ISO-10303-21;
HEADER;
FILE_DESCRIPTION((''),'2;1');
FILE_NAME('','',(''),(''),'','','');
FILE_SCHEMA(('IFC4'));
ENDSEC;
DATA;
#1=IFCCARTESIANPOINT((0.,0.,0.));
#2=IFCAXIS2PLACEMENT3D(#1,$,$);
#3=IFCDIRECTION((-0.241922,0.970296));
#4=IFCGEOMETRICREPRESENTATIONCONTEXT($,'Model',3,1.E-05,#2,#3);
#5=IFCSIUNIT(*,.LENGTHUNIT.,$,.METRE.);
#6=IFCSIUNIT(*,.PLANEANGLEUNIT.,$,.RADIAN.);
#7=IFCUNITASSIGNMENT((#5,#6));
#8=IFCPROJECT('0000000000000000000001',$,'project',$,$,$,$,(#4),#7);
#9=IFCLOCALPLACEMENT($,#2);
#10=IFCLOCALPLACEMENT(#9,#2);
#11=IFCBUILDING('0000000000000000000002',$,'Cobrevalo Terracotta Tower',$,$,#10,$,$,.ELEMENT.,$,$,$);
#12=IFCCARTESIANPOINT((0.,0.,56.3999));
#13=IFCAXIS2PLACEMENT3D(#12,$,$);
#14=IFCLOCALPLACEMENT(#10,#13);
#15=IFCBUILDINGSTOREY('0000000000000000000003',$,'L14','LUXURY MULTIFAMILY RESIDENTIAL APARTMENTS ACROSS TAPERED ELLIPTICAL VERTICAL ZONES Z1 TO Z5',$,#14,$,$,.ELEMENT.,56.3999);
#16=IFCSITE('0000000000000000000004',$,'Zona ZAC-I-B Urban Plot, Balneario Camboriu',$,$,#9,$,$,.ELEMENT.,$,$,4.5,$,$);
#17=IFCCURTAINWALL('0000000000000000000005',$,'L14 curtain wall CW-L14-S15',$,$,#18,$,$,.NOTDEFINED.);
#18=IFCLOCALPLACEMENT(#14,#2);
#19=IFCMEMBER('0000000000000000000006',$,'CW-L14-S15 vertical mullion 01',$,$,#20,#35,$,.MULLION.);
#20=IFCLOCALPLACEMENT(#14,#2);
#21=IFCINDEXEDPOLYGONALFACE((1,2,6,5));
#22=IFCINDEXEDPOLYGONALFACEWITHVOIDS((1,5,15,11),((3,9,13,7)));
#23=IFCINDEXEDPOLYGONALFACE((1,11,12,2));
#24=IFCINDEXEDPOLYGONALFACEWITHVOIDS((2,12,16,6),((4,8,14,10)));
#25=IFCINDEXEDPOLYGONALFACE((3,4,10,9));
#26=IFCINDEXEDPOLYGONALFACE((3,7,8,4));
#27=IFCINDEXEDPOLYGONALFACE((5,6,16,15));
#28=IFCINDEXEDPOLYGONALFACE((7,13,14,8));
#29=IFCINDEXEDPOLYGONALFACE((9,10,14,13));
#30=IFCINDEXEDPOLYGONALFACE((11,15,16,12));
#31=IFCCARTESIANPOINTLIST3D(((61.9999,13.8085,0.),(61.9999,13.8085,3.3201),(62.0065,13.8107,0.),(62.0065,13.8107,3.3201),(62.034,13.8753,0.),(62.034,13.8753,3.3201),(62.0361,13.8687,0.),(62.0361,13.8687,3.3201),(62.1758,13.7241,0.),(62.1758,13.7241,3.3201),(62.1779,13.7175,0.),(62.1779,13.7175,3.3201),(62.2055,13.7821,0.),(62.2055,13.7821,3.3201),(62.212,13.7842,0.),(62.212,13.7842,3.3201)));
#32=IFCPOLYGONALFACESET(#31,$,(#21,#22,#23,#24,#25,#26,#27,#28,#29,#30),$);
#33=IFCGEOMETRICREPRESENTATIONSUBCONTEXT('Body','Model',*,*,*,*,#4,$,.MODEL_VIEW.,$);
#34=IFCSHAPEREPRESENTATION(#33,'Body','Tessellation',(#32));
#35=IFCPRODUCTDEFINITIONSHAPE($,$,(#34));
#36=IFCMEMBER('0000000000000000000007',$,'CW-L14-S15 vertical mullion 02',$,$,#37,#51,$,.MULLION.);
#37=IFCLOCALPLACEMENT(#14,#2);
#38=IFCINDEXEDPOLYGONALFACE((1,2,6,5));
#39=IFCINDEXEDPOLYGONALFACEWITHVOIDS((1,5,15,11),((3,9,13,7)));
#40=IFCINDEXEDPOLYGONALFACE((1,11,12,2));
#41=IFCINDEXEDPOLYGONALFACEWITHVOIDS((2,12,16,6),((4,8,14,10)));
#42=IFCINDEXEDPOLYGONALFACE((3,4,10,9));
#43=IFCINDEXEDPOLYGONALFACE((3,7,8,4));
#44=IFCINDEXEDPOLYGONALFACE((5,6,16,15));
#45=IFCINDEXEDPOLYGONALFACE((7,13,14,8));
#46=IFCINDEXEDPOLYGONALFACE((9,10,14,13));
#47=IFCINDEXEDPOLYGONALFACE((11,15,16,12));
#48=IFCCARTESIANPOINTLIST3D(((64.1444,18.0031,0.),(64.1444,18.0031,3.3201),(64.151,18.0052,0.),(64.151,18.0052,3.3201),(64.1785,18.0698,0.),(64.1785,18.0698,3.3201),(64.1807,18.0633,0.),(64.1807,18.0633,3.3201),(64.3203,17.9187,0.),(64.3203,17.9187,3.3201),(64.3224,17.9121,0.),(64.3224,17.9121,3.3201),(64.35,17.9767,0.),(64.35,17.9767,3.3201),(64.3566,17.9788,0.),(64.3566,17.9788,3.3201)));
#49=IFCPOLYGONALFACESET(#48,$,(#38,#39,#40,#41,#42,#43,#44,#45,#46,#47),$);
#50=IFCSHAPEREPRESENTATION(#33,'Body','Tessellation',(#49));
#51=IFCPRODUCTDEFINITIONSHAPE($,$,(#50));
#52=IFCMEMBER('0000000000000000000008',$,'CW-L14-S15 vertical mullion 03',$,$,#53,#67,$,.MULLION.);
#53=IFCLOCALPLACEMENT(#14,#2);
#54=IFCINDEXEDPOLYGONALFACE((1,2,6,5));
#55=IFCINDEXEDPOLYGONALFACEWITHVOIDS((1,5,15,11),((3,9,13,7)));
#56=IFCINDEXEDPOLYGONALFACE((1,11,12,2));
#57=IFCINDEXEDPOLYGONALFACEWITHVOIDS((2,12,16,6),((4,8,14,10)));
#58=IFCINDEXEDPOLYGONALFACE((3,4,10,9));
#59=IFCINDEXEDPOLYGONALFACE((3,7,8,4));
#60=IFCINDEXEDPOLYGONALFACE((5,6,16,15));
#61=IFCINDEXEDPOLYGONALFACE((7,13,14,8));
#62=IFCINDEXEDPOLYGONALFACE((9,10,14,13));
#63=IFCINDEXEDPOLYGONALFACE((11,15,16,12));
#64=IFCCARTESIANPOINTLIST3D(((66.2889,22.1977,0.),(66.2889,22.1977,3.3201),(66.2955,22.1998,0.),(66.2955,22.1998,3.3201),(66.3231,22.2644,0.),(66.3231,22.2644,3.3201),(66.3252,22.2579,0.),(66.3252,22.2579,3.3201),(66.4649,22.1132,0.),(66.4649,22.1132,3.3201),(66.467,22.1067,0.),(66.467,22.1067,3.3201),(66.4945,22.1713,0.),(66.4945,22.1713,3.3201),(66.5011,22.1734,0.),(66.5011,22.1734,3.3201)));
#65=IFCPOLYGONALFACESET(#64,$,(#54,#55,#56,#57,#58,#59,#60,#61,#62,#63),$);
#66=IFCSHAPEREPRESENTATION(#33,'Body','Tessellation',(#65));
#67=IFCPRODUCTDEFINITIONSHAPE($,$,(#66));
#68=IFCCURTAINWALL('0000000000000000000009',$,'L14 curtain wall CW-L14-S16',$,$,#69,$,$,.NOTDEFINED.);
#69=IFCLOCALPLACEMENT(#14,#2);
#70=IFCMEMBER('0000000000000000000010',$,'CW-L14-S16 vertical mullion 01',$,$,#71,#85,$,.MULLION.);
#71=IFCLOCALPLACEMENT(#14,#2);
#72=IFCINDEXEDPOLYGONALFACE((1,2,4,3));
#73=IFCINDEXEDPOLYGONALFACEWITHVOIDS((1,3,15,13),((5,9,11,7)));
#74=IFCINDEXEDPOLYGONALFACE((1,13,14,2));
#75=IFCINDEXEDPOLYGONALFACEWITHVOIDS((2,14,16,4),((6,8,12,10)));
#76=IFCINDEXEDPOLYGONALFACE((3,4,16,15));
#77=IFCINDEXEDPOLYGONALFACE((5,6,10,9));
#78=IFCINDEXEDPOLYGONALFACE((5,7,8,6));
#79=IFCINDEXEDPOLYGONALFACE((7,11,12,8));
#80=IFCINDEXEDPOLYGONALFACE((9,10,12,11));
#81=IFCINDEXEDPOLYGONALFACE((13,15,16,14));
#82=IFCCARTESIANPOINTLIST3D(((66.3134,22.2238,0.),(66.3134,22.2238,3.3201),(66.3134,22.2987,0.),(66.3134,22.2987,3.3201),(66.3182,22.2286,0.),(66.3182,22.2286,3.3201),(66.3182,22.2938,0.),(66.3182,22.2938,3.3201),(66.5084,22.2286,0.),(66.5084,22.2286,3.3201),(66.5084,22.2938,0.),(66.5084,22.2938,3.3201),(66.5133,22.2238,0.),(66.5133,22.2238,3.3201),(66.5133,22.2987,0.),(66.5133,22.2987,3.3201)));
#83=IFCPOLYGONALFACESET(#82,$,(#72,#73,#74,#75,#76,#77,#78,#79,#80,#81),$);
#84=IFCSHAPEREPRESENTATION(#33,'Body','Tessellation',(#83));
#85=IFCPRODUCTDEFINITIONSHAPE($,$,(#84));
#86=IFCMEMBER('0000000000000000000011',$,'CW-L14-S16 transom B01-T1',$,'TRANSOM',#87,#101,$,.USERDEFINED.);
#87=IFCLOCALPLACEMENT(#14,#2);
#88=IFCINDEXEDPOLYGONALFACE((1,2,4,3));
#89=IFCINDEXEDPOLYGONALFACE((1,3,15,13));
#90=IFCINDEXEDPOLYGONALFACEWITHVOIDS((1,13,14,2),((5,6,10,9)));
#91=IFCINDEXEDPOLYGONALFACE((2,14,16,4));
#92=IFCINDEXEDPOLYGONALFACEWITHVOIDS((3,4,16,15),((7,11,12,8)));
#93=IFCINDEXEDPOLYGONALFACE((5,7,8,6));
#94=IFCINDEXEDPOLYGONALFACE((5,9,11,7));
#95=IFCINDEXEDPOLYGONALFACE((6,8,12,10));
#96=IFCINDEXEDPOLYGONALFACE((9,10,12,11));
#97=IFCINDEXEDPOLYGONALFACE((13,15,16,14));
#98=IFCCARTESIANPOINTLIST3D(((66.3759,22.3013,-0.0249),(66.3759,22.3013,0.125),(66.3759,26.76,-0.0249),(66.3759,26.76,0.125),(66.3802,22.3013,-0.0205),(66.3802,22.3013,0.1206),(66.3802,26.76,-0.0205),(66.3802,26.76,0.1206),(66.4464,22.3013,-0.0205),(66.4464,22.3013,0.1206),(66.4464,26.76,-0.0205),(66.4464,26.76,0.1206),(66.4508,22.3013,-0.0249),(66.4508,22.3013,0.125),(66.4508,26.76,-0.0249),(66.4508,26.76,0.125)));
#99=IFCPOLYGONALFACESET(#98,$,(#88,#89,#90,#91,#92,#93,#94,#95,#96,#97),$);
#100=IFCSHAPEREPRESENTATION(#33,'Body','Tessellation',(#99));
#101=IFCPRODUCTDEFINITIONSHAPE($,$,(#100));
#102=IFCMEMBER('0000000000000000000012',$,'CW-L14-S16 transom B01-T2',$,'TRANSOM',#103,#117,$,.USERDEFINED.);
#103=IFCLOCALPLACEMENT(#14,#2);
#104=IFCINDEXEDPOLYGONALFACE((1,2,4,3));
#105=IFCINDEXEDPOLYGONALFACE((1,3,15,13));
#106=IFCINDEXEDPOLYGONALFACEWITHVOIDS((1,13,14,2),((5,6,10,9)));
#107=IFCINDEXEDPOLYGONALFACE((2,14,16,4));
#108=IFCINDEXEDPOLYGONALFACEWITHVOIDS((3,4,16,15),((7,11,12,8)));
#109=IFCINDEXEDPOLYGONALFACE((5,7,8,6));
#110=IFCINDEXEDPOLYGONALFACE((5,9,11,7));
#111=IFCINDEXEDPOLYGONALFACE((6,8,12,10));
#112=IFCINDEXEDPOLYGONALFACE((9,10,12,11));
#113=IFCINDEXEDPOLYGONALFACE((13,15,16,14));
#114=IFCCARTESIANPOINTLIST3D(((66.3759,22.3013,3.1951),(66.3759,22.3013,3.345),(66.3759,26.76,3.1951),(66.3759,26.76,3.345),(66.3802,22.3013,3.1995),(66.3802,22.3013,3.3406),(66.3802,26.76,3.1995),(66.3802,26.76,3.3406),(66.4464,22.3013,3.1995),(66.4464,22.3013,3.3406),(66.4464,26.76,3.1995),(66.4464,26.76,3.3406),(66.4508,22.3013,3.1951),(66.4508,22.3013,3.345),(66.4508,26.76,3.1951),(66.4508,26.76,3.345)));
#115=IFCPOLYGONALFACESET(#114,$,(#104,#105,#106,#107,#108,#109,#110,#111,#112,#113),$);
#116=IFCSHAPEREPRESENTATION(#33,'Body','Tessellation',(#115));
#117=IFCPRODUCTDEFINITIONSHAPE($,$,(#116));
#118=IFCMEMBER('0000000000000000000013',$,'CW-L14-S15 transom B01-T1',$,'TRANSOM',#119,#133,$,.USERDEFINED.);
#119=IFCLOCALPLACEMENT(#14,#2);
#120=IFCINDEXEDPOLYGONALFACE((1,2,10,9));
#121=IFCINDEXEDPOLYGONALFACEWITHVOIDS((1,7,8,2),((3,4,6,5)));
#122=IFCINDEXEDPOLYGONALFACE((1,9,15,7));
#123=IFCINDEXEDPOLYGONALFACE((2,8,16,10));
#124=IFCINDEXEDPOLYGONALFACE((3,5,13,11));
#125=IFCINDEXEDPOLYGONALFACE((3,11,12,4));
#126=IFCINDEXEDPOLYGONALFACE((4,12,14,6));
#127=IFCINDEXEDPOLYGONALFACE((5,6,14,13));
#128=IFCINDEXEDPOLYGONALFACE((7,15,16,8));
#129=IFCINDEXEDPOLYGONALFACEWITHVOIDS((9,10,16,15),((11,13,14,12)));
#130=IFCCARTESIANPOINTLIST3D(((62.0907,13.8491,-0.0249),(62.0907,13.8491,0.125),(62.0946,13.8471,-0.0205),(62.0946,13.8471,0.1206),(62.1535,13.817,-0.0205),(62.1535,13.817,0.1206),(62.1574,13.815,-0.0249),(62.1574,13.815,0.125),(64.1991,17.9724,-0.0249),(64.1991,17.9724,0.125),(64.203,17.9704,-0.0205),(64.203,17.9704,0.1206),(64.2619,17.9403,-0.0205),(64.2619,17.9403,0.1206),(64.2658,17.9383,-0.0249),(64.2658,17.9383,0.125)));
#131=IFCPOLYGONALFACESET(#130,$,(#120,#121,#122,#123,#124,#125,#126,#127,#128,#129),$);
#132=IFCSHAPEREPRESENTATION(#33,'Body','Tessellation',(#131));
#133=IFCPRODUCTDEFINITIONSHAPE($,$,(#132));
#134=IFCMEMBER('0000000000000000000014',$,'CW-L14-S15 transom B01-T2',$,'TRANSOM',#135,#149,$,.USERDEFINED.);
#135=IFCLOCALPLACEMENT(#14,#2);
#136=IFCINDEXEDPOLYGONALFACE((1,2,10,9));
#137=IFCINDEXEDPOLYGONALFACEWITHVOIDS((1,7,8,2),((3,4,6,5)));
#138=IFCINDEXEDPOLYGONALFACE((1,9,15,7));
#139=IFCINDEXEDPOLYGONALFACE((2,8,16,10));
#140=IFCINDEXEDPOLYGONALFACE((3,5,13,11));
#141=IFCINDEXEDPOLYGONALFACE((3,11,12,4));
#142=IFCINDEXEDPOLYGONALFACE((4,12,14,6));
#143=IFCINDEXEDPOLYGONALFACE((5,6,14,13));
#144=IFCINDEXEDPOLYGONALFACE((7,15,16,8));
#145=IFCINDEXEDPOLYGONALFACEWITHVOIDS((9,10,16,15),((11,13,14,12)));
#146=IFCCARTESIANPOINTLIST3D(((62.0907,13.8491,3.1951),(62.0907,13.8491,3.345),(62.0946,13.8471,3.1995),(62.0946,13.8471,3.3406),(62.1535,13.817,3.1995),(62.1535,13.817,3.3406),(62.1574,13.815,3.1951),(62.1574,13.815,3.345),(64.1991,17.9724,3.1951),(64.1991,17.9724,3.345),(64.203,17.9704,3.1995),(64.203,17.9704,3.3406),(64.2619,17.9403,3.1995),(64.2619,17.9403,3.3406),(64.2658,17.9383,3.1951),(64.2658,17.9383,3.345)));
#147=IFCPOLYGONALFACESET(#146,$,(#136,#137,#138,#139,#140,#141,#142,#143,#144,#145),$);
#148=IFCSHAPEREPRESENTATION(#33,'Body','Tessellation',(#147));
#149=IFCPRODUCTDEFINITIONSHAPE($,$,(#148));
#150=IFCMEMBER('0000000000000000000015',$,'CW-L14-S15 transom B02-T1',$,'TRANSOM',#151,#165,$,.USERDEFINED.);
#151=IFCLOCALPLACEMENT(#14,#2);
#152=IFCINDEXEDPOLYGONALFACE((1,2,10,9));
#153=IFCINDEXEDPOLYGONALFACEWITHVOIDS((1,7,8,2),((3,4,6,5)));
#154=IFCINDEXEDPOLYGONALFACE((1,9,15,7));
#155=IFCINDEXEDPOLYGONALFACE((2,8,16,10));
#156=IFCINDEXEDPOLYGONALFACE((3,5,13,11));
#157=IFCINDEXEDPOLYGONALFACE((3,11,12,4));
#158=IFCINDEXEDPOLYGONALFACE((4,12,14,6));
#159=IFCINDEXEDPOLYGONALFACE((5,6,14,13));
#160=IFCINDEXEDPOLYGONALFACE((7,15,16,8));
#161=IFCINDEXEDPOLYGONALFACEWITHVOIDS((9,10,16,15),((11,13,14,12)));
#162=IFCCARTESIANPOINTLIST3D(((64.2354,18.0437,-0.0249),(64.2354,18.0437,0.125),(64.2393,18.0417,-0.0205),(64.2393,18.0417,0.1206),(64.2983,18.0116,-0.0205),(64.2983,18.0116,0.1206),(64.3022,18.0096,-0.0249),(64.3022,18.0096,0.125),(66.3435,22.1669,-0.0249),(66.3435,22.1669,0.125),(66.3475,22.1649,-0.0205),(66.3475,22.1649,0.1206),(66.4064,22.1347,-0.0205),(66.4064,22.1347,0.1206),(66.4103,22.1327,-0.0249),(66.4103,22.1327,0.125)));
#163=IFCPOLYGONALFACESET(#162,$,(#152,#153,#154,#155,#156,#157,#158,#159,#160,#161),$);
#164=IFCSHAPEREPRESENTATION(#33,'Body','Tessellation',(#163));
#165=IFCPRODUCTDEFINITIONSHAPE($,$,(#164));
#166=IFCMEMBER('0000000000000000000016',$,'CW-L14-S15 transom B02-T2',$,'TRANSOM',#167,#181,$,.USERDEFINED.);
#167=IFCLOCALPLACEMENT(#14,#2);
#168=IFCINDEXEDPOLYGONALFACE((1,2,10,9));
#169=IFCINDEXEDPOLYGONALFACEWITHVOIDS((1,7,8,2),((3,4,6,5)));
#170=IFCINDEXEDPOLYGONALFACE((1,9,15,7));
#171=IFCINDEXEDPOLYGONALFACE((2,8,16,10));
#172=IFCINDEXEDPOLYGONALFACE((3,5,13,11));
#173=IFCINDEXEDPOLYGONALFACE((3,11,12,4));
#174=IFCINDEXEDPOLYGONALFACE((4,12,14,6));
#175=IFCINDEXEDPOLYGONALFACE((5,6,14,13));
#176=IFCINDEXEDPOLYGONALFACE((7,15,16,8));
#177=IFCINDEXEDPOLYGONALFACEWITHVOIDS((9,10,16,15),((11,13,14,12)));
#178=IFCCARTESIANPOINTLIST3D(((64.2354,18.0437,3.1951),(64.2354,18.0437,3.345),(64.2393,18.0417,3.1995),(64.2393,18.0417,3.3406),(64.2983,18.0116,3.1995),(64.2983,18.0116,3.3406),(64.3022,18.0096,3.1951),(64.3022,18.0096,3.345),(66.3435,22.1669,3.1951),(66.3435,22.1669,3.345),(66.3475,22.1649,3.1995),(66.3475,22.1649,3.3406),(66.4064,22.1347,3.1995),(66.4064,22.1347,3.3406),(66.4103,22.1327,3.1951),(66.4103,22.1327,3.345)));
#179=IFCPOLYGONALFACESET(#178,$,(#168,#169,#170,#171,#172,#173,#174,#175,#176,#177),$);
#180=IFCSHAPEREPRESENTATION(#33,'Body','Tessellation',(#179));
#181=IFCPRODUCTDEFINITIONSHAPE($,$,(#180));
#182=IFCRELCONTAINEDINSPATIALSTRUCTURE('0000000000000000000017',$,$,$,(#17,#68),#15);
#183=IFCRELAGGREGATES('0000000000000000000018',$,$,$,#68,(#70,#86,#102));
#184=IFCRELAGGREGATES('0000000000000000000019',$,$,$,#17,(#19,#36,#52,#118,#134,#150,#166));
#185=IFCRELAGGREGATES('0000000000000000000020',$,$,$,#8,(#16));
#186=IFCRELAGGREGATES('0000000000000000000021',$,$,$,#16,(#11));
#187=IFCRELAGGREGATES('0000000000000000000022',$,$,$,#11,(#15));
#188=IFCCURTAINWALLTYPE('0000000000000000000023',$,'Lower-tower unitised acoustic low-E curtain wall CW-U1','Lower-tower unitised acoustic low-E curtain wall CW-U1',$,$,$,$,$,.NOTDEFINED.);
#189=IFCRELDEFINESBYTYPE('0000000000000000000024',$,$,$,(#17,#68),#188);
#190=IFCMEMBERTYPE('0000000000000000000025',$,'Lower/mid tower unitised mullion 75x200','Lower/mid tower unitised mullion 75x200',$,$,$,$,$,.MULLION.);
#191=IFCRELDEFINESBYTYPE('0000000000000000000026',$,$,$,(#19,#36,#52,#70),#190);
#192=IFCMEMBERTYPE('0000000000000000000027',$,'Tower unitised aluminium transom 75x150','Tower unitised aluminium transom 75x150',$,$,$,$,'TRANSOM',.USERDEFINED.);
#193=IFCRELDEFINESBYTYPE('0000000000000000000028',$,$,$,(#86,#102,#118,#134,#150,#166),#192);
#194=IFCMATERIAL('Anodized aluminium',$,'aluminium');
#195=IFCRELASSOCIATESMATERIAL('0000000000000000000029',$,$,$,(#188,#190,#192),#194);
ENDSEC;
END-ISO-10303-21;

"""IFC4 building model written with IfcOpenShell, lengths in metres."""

from ifc_helpers import new_model, si_unit, direction, frame, origin, origin_2d, place, context, subcontext, project, spatial, hollow_rectangle, extrude, source, transform, mapped, material, material_profile, profile_set, type_object, element, aggregate, save


model = new_model("IFC4")

# Units and contexts
model_context = context("Model", 3, precision=1e-05, world=origin(), true_north=direction((-0.241922, 0.970296)))
body_context = subcontext(model_context, "Body", "Model", "MODEL_VIEW")
ifc_project = project(units=[si_unit("LENGTHUNIT", "METRE"), si_unit("PLANEANGLEUNIT", "RADIAN")], contexts=[model_context])

# Site, building, storey
site_placement = place(None, origin())
site = spatial("IfcSite", under=ifc_project, at=site_placement, Name="Zona ZAC-I-B Urban Plot, Balneario Camboriu", CompositionType="ELEMENT", RefElevation=4.5)
building_placement = place(site_placement, origin())
building = spatial("IfcBuilding", under=site, at=building_placement, Name="Cobrevalo Terracotta Tower", CompositionType="ELEMENT")
storey_placement = place(building_placement, frame((0.0, 0.0, 56.3999)))
storey = spatial("IfcBuildingStorey", under=building, at=storey_placement, Name="L14", Description="LUXURY MULTIFAMILY RESIDENTIAL APARTMENTS ACROSS TAPERED ELLIPTICAL VERTICAL ZONES Z1 TO Z5", CompositionType="ELEMENT", Elevation=56.3999)

# Curtain walls, members
ifc_material_1 = material(Name="Anodized aluminium", Category="aluminium")
curtain_wall_type = type_object("IfcCurtainWallType", Name="Lower-tower unitised acoustic low-E curtain wall CW-U1", Description="Lower-tower unitised acoustic low-E curtain wall CW-U1", PredefinedType="NOTDEFINED", material=ifc_material_1)
curtain_wall_1_placement = place(storey_placement, origin())
curtain_wall_1 = element("IfcCurtainWall", 1, at=curtain_wall_1_placement, inside=storey, type_object=curtain_wall_type, Name="L14 curtain wall CW-L14-S15", PredefinedType="NOTDEFINED")
ifc_material_profile_1 = material_profile(ifc_material_1, hollow_rectangle(XDim=0.075, YDim=0.2, WallThickness=0.0049, at=origin_2d()), Name="CWM 75x200")
ifc_profile_set_1 = profile_set([ifc_material_profile_1], Name="Anodized aluminium")
member_type_1 = type_object("IfcMemberType", Name="Lower/mid tower unitised mullion 75x200", Description="Lower/mid tower unitised mullion 75x200", PredefinedType="MULLION", material=ifc_profile_set_1)
shared_shape_1 = source(origin(), body_context, "Body", "SweptSolid", [
    extrude(hollow_rectangle(XDim=0.075, YDim=0.2, WallThickness=0.0049, at=origin_2d()), origin(), (0.0, 0.0, 1.0), 3.3201),
])
member_1_placement = place(storey_placement, frame((62.106, 13.7964, 0.0), z_axis=(0.0, 0.0, 1.0), x_axis=(0.455234, 0.890372, 0.0)))
member_1 = element("IfcMember", 2, at=member_1_placement, type_object=member_type_1, Name="CW-L14-S15 vertical mullion 01", PredefinedType="MULLION", context=body_context, shape_type="MappedRepresentation", body=[
    mapped(shared_shape_1, transform((0.0, 0.0, 0.0), scale=1.0)),
])
member_2_placement = place(storey_placement, frame((64.2505, 17.991, 0.0), z_axis=(0.0, 0.0, 1.0), x_axis=(0.455234, 0.890372, 0.0)))
member_2 = element("IfcMember", 3, at=member_2_placement, type_object=member_type_1, Name="CW-L14-S15 vertical mullion 02", PredefinedType="MULLION", context=body_context, shape_type="MappedRepresentation", body=[
    mapped(shared_shape_1, transform((0.0, 0.0, 0.0), scale=1.0)),
])
member_3_placement = place(storey_placement, frame((66.395, 22.1855, 0.0), z_axis=(0.0, 0.0, 1.0), x_axis=(0.455234, 0.890372, 0.0)))
member_3 = element("IfcMember", 4, at=member_3_placement, type_object=member_type_1, Name="CW-L14-S15 vertical mullion 03", PredefinedType="MULLION", context=body_context, shape_type="MappedRepresentation", body=[
    mapped(shared_shape_1, transform((0.0, 0.0, 0.0), scale=1.0)),
])
curtain_wall_2_placement = place(storey_placement, origin())
curtain_wall_2 = element("IfcCurtainWall", 5, at=curtain_wall_2_placement, inside=storey, type_object=curtain_wall_type, Name="L14 curtain wall CW-L14-S16", PredefinedType="NOTDEFINED")
member_4_placement = place(storey_placement, frame((66.4133, 22.2612, 0.0), z_axis=(0.0, 0.0, 1.0), x_axis=(0.0, 1.0, 0.0)))
member_4 = element("IfcMember", 6, at=member_4_placement, type_object=member_type_1, Name="CW-L14-S16 vertical mullion 01", PredefinedType="MULLION", context=body_context, shape_type="MappedRepresentation", body=[
    mapped(shared_shape_1, transform((0.0, 0.0, 0.0), scale=1.0)),
])
ifc_material_profile_2 = material_profile(ifc_material_1, hollow_rectangle(XDim=0.075, YDim=0.1499, WallThickness=0.0044, at=origin_2d()), Name="CWT 75x150")
ifc_profile_set_2 = profile_set([ifc_material_profile_2], Name="Anodized aluminium")
member_type_2 = type_object("IfcMemberType", Name="Tower unitised aluminium transom 75x150", Description="Tower unitised aluminium transom 75x150", ElementType="TRANSOM", PredefinedType="USERDEFINED", material=ifc_profile_set_2)
shared_shape_2 = source(origin(), body_context, "Body", "SweptSolid", [
    extrude(hollow_rectangle(XDim=0.075, YDim=0.1499, WallThickness=0.0044, at=origin_2d()), origin(), (0.0, 0.0, 1.0), 4.4587),
])
member_5_placement = place(storey_placement, frame((66.4133, 22.3013, 0.05), z_axis=(0.0, 1.0, 0.0), x_axis=(-1.0, 0.0, 0.0)))
member_5 = element("IfcMember", 7, at=member_5_placement, type_object=member_type_2, Name="CW-L14-S16 transom B01-T1", ObjectType="TRANSOM", PredefinedType="USERDEFINED", context=body_context, shape_type="MappedRepresentation", body=[
    mapped(shared_shape_2, transform((0.0, 0.0, 0.0), scale=1.0)),
])
member_6_placement = place(storey_placement, frame((66.4133, 22.3013, 3.27), z_axis=(0.0, 1.0, 0.0), x_axis=(-1.0, 0.0, 0.0)))
member_6 = element("IfcMember", 8, at=member_6_placement, type_object=member_type_2, Name="CW-L14-S16 transom B01-T2", ObjectType="TRANSOM", PredefinedType="USERDEFINED", context=body_context, shape_type="MappedRepresentation", body=[
    mapped(shared_shape_2, transform((0.0, 0.0, 0.0), scale=1.0)),
])

# Members
shared_shape_3 = source(origin(), body_context, "Body", "SweptSolid", [
    extrude(hollow_rectangle(XDim=0.075, YDim=0.1499, WallThickness=0.0044, at=origin_2d()), origin(), (0.0, 0.0, 1.0), 4.6311),
])
member_7_placement = place(storey_placement, frame((62.124, 13.832, 0.05), z_axis=(0.455272, 0.890353, 0.0), x_axis=(-0.890353, 0.455272, 0.0)))
member_7 = element("IfcMember", 9, at=member_7_placement, type_object=member_type_2, Name="CW-L14-S15 transom B01-T1", ObjectType="TRANSOM", PredefinedType="USERDEFINED", context=body_context, shape_type="MappedRepresentation", body=[
    mapped(shared_shape_3, transform((0.0, 0.0, 0.0), scale=1.0)),
])
member_8_placement = place(storey_placement, frame((62.124, 13.832, 3.27), z_axis=(0.455272, 0.890353, 0.0), x_axis=(-0.890353, 0.455272, 0.0)))
member_8 = element("IfcMember", 10, at=member_8_placement, type_object=member_type_2, Name="CW-L14-S15 transom B01-T2", ObjectType="TRANSOM", PredefinedType="USERDEFINED", context=body_context, shape_type="MappedRepresentation", body=[
    mapped(shared_shape_3, transform((0.0, 0.0, 0.0), scale=1.0)),
])
shared_shape_4 = source(origin(), body_context, "Body", "SweptSolid", [
    extrude(hollow_rectangle(XDim=0.075, YDim=0.1499, WallThickness=0.0044, at=origin_2d()), origin(), (0.0, 0.0, 1.0), 4.6309),
])
member_9_placement = place(storey_placement, frame((64.2688, 18.0266, 0.05), z_axis=(0.45523, 0.890374, 0.0), x_axis=(-0.890374, 0.45523, 0.0)))
member_9 = element("IfcMember", 11, at=member_9_placement, type_object=member_type_2, Name="CW-L14-S15 transom B02-T1", ObjectType="TRANSOM", PredefinedType="USERDEFINED", context=body_context, shape_type="MappedRepresentation", body=[
    mapped(shared_shape_4, transform((0.0, 0.0, 0.0), scale=1.0)),
])
member_10_placement = place(storey_placement, frame((64.2688, 18.0266, 3.27), z_axis=(0.45523, 0.890374, 0.0), x_axis=(-0.890374, 0.45523, 0.0)))
member_10 = element("IfcMember", 12, at=member_10_placement, type_object=member_type_2, Name="CW-L14-S15 transom B02-T2", ObjectType="TRANSOM", PredefinedType="USERDEFINED", context=body_context, shape_type="MappedRepresentation", body=[
    mapped(shared_shape_4, transform((0.0, 0.0, 0.0), scale=1.0)),
])

aggregate(curtain_wall_2, [member_4, member_5, member_6])
aggregate(curtain_wall_1, [member_1, member_2, member_3, member_7, member_8, member_9, member_10])

save(model, "model.ifc")
